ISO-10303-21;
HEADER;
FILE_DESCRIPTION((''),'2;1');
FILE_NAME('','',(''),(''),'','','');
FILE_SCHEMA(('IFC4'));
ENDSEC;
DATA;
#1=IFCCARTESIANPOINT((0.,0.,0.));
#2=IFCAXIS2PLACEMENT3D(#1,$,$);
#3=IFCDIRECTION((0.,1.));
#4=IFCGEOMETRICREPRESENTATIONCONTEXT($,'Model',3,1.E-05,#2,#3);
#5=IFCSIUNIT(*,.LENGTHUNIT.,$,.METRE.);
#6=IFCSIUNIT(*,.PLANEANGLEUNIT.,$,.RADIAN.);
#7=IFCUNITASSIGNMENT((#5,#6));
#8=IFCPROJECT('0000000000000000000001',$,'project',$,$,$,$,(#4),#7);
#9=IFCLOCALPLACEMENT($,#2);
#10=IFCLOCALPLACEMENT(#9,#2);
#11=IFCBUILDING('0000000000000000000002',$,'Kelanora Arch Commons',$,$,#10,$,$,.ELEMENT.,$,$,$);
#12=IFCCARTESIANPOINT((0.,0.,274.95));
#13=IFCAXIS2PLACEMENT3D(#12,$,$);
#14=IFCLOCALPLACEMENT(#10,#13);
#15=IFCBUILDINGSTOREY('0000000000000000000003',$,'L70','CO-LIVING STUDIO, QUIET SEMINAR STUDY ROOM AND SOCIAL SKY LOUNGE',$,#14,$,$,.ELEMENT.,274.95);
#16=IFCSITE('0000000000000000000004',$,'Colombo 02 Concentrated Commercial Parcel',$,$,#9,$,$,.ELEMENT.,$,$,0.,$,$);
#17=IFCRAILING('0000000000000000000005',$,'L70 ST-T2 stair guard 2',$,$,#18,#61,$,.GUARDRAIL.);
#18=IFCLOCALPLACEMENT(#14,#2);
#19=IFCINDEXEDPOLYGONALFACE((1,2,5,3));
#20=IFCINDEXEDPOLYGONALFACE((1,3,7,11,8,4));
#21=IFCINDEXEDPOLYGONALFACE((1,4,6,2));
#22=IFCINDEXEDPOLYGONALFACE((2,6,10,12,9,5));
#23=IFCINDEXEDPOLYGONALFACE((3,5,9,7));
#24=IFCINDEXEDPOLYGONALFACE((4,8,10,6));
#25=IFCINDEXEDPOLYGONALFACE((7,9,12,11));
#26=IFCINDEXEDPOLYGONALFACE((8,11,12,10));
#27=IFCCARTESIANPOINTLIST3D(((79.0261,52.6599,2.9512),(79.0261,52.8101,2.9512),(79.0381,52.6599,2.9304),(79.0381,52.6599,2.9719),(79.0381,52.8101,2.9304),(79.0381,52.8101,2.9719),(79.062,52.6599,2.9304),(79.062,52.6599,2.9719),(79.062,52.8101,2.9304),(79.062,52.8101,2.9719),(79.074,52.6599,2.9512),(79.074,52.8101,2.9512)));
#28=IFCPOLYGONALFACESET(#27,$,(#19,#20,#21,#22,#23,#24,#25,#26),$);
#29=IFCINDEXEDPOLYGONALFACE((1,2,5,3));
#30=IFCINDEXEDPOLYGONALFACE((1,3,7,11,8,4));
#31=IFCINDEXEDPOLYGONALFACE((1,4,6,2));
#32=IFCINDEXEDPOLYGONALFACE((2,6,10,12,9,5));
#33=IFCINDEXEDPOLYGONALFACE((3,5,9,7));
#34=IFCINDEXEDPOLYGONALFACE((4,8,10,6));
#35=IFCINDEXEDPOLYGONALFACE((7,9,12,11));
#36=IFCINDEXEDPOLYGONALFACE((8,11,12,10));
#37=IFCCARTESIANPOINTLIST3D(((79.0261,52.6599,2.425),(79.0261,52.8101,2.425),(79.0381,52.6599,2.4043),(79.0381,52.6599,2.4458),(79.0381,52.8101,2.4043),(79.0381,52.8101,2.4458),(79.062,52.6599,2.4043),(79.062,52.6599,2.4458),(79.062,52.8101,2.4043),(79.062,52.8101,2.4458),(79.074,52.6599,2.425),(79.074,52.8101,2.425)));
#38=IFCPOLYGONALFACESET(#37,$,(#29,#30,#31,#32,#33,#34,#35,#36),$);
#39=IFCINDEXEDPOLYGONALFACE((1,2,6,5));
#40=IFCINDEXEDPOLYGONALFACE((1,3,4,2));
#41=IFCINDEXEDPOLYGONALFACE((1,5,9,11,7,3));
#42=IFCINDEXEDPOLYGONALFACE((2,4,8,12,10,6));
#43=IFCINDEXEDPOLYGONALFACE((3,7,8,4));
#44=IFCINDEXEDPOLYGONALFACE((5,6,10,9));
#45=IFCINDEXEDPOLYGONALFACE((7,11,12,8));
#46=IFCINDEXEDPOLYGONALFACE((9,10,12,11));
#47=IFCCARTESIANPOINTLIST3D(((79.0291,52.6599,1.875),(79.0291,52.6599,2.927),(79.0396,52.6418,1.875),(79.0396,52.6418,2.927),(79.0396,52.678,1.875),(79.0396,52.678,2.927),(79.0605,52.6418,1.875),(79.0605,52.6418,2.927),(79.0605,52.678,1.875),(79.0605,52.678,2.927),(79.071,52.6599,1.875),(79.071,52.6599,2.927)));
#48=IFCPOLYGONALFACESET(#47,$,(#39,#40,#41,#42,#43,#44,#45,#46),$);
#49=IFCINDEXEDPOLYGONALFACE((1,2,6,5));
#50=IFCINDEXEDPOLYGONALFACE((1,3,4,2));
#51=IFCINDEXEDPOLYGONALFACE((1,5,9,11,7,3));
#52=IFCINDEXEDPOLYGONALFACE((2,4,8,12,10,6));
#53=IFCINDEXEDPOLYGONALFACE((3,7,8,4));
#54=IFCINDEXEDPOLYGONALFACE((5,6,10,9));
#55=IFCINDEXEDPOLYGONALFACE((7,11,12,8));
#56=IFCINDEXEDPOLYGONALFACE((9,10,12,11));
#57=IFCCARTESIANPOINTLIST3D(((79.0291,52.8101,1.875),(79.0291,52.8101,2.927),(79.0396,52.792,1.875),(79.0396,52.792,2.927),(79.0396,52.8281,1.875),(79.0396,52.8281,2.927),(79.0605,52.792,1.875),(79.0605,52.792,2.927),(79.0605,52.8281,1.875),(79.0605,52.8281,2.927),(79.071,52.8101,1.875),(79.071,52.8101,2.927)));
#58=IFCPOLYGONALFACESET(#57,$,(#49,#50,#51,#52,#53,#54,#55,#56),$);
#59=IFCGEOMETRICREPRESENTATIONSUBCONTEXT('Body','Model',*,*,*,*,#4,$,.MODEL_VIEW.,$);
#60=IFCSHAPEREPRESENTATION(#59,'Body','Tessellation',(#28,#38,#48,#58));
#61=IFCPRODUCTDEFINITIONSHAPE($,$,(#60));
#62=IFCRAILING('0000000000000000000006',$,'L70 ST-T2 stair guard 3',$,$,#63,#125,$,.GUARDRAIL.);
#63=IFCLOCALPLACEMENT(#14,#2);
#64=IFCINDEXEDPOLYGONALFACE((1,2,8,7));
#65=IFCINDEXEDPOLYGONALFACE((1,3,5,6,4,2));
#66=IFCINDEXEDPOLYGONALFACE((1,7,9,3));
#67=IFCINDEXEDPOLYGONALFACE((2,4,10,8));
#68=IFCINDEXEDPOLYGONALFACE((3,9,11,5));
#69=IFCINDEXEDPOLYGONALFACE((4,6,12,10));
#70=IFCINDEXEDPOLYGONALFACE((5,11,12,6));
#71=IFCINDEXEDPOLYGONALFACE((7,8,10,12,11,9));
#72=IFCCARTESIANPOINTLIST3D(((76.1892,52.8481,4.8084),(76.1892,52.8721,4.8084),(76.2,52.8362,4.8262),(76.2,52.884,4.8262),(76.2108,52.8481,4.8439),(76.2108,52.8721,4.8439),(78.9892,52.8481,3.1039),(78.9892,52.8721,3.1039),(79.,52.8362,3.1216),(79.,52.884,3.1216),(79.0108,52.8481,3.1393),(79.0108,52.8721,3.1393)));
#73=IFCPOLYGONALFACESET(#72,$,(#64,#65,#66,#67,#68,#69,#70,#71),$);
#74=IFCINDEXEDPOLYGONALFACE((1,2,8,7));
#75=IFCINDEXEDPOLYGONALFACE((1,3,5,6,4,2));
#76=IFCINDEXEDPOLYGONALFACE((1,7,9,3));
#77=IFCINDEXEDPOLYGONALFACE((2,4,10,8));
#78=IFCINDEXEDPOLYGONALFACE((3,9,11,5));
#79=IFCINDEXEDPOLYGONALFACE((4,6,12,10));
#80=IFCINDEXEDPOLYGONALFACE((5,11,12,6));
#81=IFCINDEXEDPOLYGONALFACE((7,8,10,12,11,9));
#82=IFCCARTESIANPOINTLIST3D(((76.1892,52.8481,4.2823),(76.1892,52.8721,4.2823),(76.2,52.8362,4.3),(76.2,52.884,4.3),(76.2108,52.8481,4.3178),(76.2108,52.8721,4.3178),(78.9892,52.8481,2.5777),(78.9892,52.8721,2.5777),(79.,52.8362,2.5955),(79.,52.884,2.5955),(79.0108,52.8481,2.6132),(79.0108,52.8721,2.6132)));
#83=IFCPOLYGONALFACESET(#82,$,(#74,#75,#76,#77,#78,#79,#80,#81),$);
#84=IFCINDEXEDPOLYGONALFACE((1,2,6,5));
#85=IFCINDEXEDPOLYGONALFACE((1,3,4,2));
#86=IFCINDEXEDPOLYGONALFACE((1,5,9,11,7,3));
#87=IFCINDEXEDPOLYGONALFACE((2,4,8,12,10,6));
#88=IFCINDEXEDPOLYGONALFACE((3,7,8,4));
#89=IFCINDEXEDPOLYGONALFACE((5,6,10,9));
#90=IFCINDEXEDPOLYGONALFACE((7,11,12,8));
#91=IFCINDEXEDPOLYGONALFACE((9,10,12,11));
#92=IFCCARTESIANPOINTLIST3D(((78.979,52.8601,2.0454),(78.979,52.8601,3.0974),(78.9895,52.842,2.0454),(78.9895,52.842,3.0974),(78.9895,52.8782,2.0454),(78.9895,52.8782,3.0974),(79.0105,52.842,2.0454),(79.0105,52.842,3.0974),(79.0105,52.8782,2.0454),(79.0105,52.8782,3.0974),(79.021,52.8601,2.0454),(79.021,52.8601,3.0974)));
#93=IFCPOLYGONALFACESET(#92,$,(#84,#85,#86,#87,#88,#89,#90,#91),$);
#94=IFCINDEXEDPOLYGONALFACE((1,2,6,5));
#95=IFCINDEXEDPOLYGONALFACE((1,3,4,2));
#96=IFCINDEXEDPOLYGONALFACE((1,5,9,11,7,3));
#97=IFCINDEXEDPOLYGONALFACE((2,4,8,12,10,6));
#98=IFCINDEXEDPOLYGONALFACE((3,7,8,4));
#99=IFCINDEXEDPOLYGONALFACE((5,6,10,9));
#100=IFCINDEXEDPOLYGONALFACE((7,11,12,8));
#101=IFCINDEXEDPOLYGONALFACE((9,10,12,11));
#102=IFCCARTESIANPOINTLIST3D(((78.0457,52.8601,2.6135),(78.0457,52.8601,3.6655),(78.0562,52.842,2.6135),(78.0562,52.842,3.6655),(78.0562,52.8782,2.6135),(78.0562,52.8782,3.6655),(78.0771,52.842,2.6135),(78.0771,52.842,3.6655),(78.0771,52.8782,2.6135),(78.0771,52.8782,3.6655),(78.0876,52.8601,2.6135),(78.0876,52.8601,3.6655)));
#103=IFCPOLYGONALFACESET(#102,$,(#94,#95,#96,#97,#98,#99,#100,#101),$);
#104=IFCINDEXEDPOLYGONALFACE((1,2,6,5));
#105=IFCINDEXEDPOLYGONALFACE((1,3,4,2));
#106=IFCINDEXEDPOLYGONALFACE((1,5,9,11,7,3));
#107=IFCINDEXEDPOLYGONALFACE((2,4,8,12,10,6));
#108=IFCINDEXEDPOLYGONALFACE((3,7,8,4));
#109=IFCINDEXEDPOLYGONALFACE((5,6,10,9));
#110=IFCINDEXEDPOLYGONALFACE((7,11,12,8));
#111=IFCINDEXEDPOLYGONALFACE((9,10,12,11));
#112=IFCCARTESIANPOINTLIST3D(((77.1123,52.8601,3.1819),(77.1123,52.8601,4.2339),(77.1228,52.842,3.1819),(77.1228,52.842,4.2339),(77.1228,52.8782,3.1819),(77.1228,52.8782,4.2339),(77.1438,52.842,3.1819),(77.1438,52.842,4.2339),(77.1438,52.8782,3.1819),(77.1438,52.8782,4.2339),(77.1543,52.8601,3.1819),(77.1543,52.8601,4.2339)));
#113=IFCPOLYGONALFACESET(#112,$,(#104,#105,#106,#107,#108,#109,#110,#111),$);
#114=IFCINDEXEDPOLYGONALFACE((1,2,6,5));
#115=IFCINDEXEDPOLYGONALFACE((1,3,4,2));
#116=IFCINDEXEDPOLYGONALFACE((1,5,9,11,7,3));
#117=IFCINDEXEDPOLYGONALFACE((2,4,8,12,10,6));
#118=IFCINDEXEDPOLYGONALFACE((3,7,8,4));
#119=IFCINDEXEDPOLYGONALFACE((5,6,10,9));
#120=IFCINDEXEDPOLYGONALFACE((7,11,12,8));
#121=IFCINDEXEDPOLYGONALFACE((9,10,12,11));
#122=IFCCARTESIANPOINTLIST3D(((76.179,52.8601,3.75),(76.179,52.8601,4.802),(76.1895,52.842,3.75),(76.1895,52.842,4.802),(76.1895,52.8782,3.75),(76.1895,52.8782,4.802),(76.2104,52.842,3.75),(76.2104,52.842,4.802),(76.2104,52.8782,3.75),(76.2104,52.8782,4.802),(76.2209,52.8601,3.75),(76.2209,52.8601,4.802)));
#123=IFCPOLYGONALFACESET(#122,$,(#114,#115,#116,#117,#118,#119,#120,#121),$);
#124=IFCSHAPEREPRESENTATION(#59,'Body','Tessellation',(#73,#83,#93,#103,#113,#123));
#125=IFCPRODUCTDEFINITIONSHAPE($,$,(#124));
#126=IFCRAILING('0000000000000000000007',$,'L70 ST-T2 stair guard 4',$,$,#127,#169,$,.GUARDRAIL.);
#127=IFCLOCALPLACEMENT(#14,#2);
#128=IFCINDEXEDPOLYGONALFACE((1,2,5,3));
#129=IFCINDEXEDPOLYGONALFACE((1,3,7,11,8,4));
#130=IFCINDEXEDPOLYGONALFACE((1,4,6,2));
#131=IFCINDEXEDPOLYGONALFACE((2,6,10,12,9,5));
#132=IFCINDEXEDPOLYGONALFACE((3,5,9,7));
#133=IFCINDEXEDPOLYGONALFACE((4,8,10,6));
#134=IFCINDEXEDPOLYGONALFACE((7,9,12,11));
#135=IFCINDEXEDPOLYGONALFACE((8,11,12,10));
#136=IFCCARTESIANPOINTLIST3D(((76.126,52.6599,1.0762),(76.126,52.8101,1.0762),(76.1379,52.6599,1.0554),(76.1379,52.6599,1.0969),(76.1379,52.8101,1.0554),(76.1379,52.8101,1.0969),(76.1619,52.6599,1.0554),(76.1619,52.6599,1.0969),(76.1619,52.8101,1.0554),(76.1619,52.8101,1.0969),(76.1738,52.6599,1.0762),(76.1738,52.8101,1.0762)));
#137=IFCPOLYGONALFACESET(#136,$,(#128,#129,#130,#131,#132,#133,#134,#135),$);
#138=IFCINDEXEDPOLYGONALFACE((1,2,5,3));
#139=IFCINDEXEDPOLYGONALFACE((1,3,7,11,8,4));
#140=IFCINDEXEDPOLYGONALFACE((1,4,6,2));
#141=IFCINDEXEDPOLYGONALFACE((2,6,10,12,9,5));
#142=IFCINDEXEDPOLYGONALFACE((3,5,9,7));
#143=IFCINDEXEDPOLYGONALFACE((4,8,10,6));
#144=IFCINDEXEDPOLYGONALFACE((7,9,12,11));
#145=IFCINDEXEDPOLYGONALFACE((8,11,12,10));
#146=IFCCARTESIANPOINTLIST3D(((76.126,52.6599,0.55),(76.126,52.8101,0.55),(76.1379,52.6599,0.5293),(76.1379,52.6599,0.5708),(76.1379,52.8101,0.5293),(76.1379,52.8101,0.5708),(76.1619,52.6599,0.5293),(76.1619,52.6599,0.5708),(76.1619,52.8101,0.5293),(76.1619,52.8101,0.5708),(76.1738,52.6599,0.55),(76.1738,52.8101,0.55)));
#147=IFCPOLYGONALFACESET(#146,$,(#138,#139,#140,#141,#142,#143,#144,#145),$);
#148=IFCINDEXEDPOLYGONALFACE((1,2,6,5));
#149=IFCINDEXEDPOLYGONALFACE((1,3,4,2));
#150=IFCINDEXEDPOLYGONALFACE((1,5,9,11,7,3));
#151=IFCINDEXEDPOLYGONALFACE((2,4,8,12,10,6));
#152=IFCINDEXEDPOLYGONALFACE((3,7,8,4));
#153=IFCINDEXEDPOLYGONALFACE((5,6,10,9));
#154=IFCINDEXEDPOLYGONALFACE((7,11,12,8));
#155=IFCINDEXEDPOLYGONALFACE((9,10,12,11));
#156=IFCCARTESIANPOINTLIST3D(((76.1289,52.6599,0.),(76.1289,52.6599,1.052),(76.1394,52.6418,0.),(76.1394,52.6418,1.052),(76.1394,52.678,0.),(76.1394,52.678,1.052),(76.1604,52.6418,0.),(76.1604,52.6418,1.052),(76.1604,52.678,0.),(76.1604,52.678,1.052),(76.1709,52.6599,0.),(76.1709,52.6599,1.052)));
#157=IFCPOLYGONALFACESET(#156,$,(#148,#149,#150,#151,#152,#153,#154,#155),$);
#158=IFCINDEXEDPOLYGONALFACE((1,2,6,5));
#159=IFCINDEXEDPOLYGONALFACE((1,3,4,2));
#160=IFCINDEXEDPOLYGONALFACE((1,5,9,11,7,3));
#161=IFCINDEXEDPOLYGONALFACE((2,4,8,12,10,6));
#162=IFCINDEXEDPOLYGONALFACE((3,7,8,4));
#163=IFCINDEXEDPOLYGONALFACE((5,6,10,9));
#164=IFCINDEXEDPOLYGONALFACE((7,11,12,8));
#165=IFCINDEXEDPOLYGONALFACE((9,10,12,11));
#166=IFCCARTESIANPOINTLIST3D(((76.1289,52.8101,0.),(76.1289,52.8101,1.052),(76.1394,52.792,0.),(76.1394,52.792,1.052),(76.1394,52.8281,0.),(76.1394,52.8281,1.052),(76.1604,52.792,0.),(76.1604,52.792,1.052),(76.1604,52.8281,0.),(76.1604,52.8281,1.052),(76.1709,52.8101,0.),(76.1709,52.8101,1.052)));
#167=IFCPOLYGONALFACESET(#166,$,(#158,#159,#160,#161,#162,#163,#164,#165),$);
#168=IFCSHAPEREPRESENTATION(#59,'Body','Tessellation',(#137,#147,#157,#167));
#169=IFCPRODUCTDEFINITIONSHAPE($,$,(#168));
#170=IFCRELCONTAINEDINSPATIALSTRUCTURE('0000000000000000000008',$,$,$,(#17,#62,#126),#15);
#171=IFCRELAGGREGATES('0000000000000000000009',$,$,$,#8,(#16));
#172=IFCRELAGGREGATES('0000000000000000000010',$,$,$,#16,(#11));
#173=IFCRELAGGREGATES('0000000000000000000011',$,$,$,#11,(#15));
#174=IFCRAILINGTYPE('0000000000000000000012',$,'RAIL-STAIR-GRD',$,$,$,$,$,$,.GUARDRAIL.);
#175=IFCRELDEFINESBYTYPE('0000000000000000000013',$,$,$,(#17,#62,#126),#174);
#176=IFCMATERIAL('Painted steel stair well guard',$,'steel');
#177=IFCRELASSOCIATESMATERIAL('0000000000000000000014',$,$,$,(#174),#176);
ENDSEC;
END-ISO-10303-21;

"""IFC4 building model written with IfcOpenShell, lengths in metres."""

from ifc_helpers import new_model, si_unit, direction, frame, origin, place, context, subcontext, project, spatial, polyline, outline, extrude, material, type_object, element, save


model = new_model("IFC4")

# Units and contexts
model_context = context("Model", 3, precision=1e-05, world=origin(), true_north=direction((0.0, 1.0)))
body_context = subcontext(model_context, "Body", "Model", "MODEL_VIEW")
ifc_project = project(units=[si_unit("LENGTHUNIT", "METRE"), si_unit("PLANEANGLEUNIT", "RADIAN")], contexts=[model_context])

# Site, building, storey
site_placement = place(None, origin())
site = spatial("IfcSite", under=ifc_project, at=site_placement, Name="Colombo 02 Concentrated Commercial Parcel", CompositionType="ELEMENT", RefElevation=0.0)
building_placement = place(site_placement, origin())
building = spatial("IfcBuilding", under=site, at=building_placement, Name="Kelanora Arch Commons", CompositionType="ELEMENT")
storey_placement = place(building_placement, frame((0.0, 0.0, 274.95)))
storey = spatial("IfcBuildingStorey", under=building, at=storey_placement, Name="L70", Description="CO-LIVING STUDIO, QUIET SEMINAR STUDY ROOM AND SOCIAL SKY LOUNGE", CompositionType="ELEMENT", Elevation=274.95)

# Railings
ifc_material_1 = material(Name="Painted steel stair well guard", Category="steel")
railing_type_1 = type_object("IfcRailingType", Name="RAIL-STAIR-GRD", PredefinedType="GUARDRAIL", material=ifc_material_1)
railing_1_placement = place(storey_placement, frame((79.05, 52.6599, 1.875)))
element("IfcRailing", 1, at=railing_1_placement, inside=storey, type_object=railing_type_1, Name="L70 ST-T2 stair guard 2", PredefinedType="GUARDRAIL", context=body_context, shape_type="SweptSolid", body=[
    extrude(outline(polyline([(0.0239, 0.0), (0.012, 0.0208), (-0.012, 0.0208), (-0.0239, 0.0), (-0.012, -0.0208), (0.012, -0.0208), (0.0239, 0.0)])), frame((0.0, 0.0, 1.0762), z_axis=(0.0, 1.0, 0.0), x_axis=(-1.0, 0.0, 0.0)), (0.0, 0.0, 1.0), 0.1501),
    extrude(outline(polyline([(0.0239, 0.0), (0.012, 0.0208), (-0.012, 0.0208), (-0.0239, 0.0), (-0.012, -0.0208), (0.012, -0.0208), (0.0239, 0.0)])), frame((0.0, 0.0, 0.55), z_axis=(0.0, 1.0, 0.0), x_axis=(-1.0, 0.0, 0.0)), (0.0, 0.0, 1.0), 0.1501),
    extrude(outline(polyline([(0.021, 0.0), (0.0105, 0.0181), (-0.0105, 0.0181), (-0.021, 0.0), (-0.0105, -0.0181), (0.0105, -0.0181), (0.021, 0.0)])), origin(), (0.0, 0.0, 1.0), 1.052),
    extrude(outline(polyline([(0.021, 0.0), (0.0105, 0.0181), (-0.0105, 0.0181), (-0.021, 0.0), (-0.0105, -0.0181), (0.0105, -0.0181), (0.021, 0.0)])), frame((0.0, 0.1501, 0.0)), (0.0, 0.0, 1.0), 1.052),
])
railing_2_placement = place(storey_placement, frame((79.0, 52.8601, 2.0454)))
element("IfcRailing", 2, at=railing_2_placement, inside=storey, type_object=railing_type_1, Name="L70 ST-T2 stair guard 3", PredefinedType="GUARDRAIL", context=body_context, shape_type="SweptSolid", body=[
    extrude(outline(polyline([(0.0239, 0.0), (0.012, 0.0208), (-0.012, 0.0208), (-0.0239, 0.0), (-0.012, -0.0208), (0.012, -0.0208), (0.0239, 0.0)])), frame((0.0, 0.0, 1.0762), z_axis=(-0.85417, 0.0, 0.519994), x_axis=(0.0, -1.0, 0.0)), (0.0, 0.0, 1.0), 3.2781),
    extrude(outline(polyline([(0.0239, 0.0), (0.012, 0.0208), (-0.012, 0.0208), (-0.0239, 0.0), (-0.012, -0.0208), (0.012, -0.0208), (0.0239, 0.0)])), frame((0.0, 0.0, 0.55), z_axis=(-0.85417, 0.0, 0.519994), x_axis=(0.0, -1.0, 0.0)), (0.0, 0.0, 1.0), 3.2781),
    extrude(outline(polyline([(0.021, 0.0), (0.0105, 0.0181), (-0.0105, 0.0181), (-0.021, 0.0), (-0.0105, -0.0181), (0.0105, -0.0181), (0.021, 0.0)])), origin(), (0.0, 0.0, 1.0), 1.052),
    extrude(outline(polyline([(0.021, 0.0), (0.0105, 0.0181), (-0.0105, 0.0181), (-0.021, 0.0), (-0.0105, -0.0181), (0.0105, -0.0181), (0.021, 0.0)])), frame((-0.9333, 0.0, 0.5681)), (0.0, 0.0, 1.0), 1.052),
    extrude(outline(polyline([(0.021, 0.0), (0.0105, 0.0181), (-0.0105, 0.0181), (-0.021, 0.0), (-0.0105, -0.0181), (0.0105, -0.0181), (0.021, 0.0)])), frame((-1.8667, 0.0, 1.1365)), (0.0, 0.0, 1.0), 1.052),
    extrude(outline(polyline([(0.021, 0.0), (0.0105, 0.0181), (-0.0105, 0.0181), (-0.021, 0.0), (-0.0105, -0.0181), (0.0105, -0.0181), (0.021, 0.0)])), frame((-2.8, 0.0, 1.7046)), (0.0, 0.0, 1.0), 1.052),
])
railing_3_placement = place(storey_placement, frame((76.1499, 52.6599, 0.0)))
element("IfcRailing", 3, at=railing_3_placement, inside=storey, type_object=railing_type_1, Name="L70 ST-T2 stair guard 4", PredefinedType="GUARDRAIL", context=body_context, shape_type="SweptSolid", body=[
    extrude(outline(polyline([(0.0239, 0.0), (0.012, 0.0208), (-0.012, 0.0208), (-0.0239, 0.0), (-0.012, -0.0208), (0.012, -0.0208), (0.0239, 0.0)])), frame((0.0, 0.0, 1.0762), z_axis=(0.0, 1.0, 0.0), x_axis=(-1.0, 0.0, 0.0)), (0.0, 0.0, 1.0), 0.1501),
    extrude(outline(polyline([(0.0239, 0.0), (0.012, 0.0208), (-0.012, 0.0208), (-0.0239, 0.0), (-0.012, -0.0208), (0.012, -0.0208), (0.0239, 0.0)])), frame((0.0, 0.0, 0.55), z_axis=(0.0, 1.0, 0.0), x_axis=(-1.0, 0.0, 0.0)), (0.0, 0.0, 1.0), 0.1501),
    extrude(outline(polyline([(0.021, 0.0), (0.0105, 0.0181), (-0.0105, 0.0181), (-0.021, 0.0), (-0.0105, -0.0181), (0.0105, -0.0181), (0.021, 0.0)])), origin(), (0.0, 0.0, 1.0), 1.052),
    extrude(outline(polyline([(0.021, 0.0), (0.0105, 0.0181), (-0.0105, 0.0181), (-0.021, 0.0), (-0.0105, -0.0181), (0.0105, -0.0181), (0.021, 0.0)])), frame((0.0, 0.1501, 0.0)), (0.0, 0.0, 1.0), 1.052),
])

save(model, "model.ifc")
